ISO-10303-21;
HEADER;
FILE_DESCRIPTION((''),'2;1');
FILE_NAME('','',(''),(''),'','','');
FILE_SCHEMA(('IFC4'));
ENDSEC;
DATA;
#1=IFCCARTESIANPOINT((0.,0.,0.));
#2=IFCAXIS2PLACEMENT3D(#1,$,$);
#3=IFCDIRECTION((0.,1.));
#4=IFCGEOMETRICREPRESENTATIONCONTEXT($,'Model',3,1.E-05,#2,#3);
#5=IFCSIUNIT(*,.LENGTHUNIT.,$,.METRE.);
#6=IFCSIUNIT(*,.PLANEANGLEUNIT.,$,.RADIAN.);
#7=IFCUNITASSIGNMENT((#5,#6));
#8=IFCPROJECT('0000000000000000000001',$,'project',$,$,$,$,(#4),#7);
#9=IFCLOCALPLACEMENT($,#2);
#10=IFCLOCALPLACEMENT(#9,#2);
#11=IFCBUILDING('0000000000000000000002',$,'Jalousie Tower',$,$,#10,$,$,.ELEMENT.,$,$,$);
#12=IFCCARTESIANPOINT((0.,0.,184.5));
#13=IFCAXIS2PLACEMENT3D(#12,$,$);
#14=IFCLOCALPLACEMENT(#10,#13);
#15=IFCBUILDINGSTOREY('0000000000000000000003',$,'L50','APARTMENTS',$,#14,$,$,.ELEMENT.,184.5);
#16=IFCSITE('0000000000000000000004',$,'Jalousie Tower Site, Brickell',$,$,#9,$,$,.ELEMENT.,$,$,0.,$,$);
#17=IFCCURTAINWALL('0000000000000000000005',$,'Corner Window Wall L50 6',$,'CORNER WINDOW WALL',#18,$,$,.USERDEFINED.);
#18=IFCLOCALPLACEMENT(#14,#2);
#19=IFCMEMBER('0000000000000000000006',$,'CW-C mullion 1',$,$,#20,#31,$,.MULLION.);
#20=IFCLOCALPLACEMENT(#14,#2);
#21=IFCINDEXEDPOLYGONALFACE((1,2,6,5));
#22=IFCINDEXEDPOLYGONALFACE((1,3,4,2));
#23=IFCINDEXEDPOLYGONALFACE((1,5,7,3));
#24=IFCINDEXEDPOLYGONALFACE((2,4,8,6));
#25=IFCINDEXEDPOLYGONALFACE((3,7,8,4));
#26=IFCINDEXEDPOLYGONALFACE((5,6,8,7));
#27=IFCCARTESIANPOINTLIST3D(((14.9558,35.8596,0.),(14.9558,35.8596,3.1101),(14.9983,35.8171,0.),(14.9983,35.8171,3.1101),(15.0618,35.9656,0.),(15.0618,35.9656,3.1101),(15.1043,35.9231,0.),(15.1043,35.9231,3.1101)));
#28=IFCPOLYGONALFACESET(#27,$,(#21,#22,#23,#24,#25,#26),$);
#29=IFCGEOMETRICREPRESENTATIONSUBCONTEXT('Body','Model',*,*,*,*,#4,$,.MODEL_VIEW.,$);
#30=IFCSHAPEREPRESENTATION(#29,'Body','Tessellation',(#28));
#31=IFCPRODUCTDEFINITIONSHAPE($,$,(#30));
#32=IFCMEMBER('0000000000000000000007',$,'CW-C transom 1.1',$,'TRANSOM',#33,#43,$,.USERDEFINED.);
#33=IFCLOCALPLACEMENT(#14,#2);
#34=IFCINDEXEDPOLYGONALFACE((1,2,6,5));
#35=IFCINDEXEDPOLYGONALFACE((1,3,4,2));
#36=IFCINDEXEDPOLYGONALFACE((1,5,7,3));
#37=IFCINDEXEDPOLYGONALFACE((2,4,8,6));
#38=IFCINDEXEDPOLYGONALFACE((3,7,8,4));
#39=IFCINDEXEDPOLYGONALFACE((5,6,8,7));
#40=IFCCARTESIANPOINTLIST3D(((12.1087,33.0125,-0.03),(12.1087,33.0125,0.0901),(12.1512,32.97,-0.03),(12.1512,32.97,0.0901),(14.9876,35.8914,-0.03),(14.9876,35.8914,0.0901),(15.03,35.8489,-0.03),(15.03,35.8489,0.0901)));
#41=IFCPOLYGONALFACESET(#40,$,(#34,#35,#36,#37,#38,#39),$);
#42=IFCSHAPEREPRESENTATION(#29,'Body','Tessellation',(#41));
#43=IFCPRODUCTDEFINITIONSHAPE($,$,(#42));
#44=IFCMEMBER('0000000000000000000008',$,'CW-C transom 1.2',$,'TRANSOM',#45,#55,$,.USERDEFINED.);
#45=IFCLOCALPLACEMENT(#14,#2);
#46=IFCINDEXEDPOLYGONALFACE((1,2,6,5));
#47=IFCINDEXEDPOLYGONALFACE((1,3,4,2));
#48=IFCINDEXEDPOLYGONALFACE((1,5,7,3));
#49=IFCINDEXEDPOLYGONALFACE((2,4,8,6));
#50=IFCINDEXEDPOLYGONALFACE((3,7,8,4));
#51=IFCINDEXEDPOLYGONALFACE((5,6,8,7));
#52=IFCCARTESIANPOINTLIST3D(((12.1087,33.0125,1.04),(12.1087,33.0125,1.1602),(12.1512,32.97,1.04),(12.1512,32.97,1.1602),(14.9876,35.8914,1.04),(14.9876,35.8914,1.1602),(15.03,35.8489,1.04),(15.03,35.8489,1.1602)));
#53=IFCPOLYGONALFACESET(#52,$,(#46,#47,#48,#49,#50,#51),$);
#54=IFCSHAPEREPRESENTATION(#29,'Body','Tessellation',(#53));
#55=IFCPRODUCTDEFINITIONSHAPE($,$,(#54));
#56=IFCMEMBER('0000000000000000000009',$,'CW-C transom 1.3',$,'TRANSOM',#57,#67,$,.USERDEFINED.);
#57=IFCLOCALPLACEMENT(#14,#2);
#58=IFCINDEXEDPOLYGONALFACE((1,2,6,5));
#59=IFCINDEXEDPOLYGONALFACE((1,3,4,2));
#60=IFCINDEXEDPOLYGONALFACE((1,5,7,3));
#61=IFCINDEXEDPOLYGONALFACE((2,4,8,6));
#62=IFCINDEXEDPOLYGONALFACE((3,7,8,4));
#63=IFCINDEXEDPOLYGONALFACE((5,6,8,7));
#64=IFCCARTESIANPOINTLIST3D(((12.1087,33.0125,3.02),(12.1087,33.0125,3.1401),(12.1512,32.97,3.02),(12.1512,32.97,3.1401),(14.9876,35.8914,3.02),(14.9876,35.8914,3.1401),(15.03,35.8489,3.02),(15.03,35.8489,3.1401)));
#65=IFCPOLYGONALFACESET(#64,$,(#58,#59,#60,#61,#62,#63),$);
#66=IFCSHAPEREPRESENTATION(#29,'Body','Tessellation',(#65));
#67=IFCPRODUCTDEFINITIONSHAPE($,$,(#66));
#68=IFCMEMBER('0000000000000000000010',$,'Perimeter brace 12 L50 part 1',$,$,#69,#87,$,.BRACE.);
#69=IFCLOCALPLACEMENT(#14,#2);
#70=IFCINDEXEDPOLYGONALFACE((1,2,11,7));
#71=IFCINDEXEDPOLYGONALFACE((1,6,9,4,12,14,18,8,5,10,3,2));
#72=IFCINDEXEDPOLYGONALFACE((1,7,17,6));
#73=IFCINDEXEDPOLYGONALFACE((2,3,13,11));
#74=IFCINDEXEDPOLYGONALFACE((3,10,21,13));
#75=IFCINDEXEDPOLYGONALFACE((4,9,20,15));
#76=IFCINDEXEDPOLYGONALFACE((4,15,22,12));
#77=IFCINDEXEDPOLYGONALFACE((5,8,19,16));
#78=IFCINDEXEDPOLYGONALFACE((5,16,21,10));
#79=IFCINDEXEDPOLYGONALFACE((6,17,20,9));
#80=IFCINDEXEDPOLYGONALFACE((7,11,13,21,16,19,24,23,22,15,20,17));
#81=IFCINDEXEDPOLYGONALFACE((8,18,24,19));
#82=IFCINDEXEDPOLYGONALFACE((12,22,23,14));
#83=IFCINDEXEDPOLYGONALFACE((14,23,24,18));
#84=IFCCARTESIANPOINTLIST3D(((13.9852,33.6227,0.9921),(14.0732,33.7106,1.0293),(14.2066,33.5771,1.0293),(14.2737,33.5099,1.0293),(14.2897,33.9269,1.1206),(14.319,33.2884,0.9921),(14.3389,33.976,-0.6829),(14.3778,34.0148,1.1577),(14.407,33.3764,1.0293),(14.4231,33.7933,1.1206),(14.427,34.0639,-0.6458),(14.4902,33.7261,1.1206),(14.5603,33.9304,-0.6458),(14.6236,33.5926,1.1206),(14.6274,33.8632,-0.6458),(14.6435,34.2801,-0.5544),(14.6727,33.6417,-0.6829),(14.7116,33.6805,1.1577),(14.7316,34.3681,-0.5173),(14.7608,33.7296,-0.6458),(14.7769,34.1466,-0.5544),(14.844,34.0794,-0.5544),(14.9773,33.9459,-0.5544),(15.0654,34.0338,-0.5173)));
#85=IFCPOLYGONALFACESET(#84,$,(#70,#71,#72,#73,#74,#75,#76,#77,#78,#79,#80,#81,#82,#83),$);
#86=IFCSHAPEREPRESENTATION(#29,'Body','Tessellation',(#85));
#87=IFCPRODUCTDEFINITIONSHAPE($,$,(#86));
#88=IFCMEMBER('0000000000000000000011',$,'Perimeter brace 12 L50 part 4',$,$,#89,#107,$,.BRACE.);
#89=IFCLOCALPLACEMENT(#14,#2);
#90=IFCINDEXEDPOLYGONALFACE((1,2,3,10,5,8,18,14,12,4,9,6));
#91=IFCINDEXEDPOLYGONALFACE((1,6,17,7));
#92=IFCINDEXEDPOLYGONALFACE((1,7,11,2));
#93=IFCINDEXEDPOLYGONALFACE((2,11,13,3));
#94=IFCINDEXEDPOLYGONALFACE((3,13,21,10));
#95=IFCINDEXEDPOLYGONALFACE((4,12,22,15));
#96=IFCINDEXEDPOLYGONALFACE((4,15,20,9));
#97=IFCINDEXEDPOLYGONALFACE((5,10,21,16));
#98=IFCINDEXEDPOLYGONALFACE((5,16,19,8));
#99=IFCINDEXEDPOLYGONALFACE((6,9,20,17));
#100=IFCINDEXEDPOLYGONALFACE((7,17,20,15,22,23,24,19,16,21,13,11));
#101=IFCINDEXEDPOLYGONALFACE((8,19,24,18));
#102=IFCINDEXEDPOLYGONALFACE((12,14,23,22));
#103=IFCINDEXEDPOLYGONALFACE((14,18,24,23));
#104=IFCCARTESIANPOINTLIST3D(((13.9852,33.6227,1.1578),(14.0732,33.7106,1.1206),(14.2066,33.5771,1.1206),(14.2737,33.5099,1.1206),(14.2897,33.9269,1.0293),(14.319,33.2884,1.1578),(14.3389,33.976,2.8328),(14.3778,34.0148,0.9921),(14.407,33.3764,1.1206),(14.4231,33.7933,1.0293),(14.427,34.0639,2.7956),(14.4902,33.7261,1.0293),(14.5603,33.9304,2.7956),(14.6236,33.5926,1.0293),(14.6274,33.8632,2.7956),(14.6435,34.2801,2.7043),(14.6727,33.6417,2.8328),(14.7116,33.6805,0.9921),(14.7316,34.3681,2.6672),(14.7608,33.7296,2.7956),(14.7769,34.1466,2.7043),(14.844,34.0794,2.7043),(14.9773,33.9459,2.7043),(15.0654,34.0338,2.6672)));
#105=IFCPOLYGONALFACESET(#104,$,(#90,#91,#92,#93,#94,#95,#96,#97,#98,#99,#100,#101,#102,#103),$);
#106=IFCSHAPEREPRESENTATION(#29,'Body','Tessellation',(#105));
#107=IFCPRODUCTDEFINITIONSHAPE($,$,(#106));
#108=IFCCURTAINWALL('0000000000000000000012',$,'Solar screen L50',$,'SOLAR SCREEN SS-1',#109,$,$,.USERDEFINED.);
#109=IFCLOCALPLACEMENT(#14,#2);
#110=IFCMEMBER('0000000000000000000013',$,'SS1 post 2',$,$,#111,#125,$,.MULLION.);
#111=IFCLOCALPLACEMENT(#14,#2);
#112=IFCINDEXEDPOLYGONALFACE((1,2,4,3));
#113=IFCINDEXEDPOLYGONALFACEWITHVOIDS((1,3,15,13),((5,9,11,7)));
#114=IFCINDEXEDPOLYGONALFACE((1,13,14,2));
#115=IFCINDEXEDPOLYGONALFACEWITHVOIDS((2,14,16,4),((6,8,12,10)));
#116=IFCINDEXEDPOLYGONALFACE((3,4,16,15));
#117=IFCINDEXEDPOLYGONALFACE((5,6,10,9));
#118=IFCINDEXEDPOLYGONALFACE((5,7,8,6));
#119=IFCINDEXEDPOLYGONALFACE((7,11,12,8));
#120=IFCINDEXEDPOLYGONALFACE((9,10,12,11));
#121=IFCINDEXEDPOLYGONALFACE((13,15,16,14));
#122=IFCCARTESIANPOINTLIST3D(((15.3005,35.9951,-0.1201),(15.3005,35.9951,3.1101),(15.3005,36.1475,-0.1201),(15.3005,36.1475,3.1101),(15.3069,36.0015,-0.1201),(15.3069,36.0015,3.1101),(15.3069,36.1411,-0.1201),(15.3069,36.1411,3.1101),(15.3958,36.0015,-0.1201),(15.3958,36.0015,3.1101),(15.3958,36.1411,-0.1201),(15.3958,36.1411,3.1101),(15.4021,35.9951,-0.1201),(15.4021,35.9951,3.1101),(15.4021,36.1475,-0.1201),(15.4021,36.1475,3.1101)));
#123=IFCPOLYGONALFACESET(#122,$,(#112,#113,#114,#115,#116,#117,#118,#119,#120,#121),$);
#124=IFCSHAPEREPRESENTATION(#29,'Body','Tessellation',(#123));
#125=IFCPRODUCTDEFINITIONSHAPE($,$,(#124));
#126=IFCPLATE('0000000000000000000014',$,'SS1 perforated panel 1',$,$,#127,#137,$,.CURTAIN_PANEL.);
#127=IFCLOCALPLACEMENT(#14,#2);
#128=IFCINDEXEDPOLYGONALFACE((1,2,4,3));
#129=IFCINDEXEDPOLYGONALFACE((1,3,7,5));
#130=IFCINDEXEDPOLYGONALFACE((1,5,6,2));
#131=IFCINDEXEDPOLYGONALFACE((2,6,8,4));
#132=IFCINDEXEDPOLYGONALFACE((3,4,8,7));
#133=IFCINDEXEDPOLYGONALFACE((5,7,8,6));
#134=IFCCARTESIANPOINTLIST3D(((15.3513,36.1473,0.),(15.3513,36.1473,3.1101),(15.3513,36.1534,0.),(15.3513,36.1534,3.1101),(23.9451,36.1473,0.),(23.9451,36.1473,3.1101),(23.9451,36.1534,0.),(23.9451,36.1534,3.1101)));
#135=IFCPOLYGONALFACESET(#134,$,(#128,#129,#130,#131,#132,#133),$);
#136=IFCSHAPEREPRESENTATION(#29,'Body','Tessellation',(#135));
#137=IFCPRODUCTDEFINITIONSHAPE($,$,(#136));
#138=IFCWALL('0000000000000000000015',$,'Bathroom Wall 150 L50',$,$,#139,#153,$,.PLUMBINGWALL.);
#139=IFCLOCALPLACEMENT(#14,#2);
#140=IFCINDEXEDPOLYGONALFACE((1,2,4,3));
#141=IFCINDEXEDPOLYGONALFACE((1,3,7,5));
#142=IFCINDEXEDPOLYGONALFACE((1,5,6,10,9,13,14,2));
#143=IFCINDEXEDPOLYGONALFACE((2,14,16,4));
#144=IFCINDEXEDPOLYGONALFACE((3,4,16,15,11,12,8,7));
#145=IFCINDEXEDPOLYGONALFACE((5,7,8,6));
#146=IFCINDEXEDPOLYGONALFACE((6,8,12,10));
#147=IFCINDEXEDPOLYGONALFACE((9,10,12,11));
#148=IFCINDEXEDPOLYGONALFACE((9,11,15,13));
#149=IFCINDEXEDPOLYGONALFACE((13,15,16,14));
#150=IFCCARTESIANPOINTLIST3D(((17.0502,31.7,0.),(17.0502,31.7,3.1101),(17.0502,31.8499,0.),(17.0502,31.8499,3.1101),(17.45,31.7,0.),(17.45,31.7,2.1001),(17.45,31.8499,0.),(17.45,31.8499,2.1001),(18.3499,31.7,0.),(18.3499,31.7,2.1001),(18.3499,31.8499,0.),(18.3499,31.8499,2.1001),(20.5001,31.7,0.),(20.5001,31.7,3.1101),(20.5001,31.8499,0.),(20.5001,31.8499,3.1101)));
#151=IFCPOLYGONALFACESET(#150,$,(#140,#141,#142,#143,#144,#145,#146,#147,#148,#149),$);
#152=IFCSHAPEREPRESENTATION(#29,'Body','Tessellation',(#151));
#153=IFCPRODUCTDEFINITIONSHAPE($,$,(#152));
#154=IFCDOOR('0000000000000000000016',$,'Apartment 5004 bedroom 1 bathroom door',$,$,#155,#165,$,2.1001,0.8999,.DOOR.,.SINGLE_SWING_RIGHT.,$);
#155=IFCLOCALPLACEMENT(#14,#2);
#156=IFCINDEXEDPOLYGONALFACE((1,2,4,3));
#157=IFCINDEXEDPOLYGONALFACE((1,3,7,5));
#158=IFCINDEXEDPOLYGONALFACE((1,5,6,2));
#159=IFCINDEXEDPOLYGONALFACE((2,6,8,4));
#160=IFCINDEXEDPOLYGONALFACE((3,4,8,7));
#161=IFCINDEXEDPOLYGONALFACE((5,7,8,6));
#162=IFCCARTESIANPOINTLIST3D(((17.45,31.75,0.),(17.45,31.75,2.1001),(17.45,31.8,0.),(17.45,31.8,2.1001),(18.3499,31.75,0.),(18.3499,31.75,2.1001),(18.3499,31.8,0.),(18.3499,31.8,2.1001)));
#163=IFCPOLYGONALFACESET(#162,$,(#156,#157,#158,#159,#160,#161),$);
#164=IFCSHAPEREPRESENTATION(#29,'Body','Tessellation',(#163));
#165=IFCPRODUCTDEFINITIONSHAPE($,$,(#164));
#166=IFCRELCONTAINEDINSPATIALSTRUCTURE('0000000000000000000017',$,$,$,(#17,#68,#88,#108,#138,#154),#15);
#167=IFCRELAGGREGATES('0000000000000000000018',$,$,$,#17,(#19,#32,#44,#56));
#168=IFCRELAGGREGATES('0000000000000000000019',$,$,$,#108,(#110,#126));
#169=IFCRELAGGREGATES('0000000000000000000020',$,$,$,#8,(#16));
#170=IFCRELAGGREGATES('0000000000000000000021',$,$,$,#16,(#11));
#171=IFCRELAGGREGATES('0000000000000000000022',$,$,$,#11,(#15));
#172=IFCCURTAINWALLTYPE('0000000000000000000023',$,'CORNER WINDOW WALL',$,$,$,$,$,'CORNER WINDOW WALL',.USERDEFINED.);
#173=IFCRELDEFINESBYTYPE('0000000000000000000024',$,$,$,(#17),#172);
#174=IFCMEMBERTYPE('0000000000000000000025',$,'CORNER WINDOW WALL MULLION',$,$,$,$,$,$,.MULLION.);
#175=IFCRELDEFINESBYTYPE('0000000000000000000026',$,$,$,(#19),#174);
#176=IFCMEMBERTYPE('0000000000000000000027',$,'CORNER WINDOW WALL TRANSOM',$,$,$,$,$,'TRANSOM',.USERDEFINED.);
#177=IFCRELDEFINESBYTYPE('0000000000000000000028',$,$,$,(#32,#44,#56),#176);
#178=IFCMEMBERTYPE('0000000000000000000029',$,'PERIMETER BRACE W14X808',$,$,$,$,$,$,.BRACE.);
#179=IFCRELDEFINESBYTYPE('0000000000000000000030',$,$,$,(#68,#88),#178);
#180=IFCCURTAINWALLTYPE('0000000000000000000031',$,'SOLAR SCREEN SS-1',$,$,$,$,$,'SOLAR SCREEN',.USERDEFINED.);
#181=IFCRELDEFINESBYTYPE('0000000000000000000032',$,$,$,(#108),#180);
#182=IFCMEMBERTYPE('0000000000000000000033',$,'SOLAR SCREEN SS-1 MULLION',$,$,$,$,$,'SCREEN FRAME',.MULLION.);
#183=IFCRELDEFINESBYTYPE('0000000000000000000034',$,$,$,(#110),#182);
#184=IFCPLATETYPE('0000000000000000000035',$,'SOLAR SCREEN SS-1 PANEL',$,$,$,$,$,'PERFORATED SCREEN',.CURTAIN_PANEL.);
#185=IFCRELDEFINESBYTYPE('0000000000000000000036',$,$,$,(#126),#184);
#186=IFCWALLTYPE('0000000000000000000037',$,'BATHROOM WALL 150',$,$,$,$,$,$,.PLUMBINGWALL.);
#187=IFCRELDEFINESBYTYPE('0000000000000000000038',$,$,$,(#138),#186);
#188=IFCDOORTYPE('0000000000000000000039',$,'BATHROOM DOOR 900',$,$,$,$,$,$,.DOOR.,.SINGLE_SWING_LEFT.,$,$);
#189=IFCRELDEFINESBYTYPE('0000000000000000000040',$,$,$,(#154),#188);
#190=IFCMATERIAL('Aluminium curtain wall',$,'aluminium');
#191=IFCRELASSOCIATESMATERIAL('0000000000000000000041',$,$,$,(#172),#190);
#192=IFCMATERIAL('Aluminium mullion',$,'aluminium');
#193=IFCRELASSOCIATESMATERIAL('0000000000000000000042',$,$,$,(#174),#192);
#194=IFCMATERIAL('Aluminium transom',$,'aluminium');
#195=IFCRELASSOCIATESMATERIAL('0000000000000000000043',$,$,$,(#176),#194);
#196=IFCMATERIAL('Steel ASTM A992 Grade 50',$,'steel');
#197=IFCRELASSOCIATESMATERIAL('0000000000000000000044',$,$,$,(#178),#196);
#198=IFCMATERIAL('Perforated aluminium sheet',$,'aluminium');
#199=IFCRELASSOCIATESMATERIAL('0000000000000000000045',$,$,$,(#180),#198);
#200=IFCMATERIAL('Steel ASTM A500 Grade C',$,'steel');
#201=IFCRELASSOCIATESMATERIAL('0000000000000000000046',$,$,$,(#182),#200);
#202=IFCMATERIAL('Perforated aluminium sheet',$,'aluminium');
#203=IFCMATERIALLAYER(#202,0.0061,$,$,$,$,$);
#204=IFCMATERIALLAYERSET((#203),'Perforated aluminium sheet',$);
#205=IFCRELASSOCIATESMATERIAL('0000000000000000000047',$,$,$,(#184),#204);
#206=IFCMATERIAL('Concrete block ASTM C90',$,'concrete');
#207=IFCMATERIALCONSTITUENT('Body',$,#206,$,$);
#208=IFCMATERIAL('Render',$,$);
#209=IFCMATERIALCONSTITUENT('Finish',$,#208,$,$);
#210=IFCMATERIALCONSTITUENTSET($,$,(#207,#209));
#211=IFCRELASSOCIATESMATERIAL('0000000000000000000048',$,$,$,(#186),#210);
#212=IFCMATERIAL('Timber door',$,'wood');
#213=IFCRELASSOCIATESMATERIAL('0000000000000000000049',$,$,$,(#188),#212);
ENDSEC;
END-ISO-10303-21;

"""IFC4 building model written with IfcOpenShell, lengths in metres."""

from ifc_helpers import new_model, si_unit, direction, frame, frame_2d, origin, origin_2d, place, context, subcontext, project, spatial, rectangle, hollow_rectangle, i_section, extrude, material, layer, layer_set, constituent, constituent_set, material_profile, profile_set, type_object, element, fill, aggregate, save


model = new_model("IFC4")

# Units and contexts
model_context = context("Model", 3, precision=1e-05, world=origin(), true_north=direction((0.0, 1.0)))
body_context = subcontext(model_context, "Body", "Model", "MODEL_VIEW")
ifc_project = project(units=[si_unit("LENGTHUNIT", "METRE"), si_unit("PLANEANGLEUNIT", "RADIAN")], contexts=[model_context])

# Site, building, storey
site_placement = place(None, origin())
site = spatial("IfcSite", under=ifc_project, at=site_placement, Name="Jalousie Tower Site, Brickell", CompositionType="ELEMENT", RefElevation=0.0)
building_placement = place(site_placement, origin())
building = spatial("IfcBuilding", under=site, at=building_placement, Name="Jalousie Tower", CompositionType="ELEMENT")
storey_placement = place(building_placement, frame((0.0, 0.0, 184.5)))
storey = spatial("IfcBuildingStorey", under=building, at=storey_placement, Name="L50", Description="APARTMENTS", CompositionType="ELEMENT", Elevation=184.5)

# Curtain wall, members
ifc_material_1 = material(Name="Aluminium curtain wall", Category="aluminium")
curtain_wall_type_1 = type_object("IfcCurtainWallType", Name="CORNER WINDOW WALL", ElementType="CORNER WINDOW WALL", PredefinedType="USERDEFINED", material=ifc_material_1)
curtain_wall_1_placement = place(storey_placement, origin())
curtain_wall_1 = element("IfcCurtainWall", 1, at=curtain_wall_1_placement, inside=storey, type_object=curtain_wall_type_1, Name="Corner Window Wall L50 6", ObjectType="CORNER WINDOW WALL", PredefinedType="USERDEFINED")
ifc_material_2 = material(Name="Aluminium mullion", Category="aluminium")
ifc_material_profile_1 = material_profile(ifc_material_2, rectangle(XDim=0.0601, YDim=0.1499, at=origin_2d()), Name="MULLION 60x150")
ifc_profile_set_1 = profile_set([ifc_material_profile_1], Name="Aluminium mullion")
member_type_1 = type_object("IfcMemberType", Name="CORNER WINDOW WALL MULLION", PredefinedType="MULLION", material=ifc_profile_set_1)
member_1_placement = place(storey_placement, frame((15.03, 35.8914, 0.0), z_axis=(0.0, 0.0, 1.0), x_axis=(0.707107, -0.707107, 0.0)))
member_1 = element("IfcMember", 2, at=member_1_placement, type_object=member_type_1, Name="CW-C mullion 1", PredefinedType="MULLION", context=body_context, shape_type="SweptSolid", body=[
    extrude(rectangle(XDim=0.0601, YDim=0.1499, at=origin_2d()), origin(), (0.0, 0.0, 1.0), 3.1101),
])
ifc_material_3 = material(Name="Aluminium transom", Category="aluminium")
ifc_material_profile_2 = material_profile(ifc_material_3, rectangle(XDim=0.0601, YDim=0.1201, at=origin_2d()), Name="TRANSOM 60x120")
ifc_profile_set_2 = profile_set([ifc_material_profile_2], Name="Aluminium transom")
member_type_2 = type_object("IfcMemberType", Name="CORNER WINDOW WALL TRANSOM", ElementType="TRANSOM", PredefinedType="USERDEFINED", material=ifc_profile_set_2)
member_2_placement = place(storey_placement, frame((15.0088, 35.8701, 0.03), z_axis=(-0.707107, -0.707107, 0.0), x_axis=(0.707107, -0.707107, 0.0)))
member_2 = element("IfcMember", 3, at=member_2_placement, type_object=member_type_2, Name="CW-C transom 1.1", ObjectType="TRANSOM", PredefinedType="USERDEFINED", context=body_context, shape_type="SweptSolid", body=[
    extrude(rectangle(XDim=0.0601, YDim=0.1201, at=origin_2d()), origin(), (0.0, 0.0, 1.0), 4.0713),
])
member_3_placement = place(storey_placement, frame((15.0088, 35.8701, 1.1001), z_axis=(-0.707107, -0.707107, 0.0), x_axis=(0.707107, -0.707107, 0.0)))
member_3 = element("IfcMember", 4, at=member_3_placement, type_object=member_type_2, Name="CW-C transom 1.2", ObjectType="TRANSOM", PredefinedType="USERDEFINED", context=body_context, shape_type="SweptSolid", body=[
    extrude(rectangle(XDim=0.0601, YDim=0.1201, at=origin_2d()), origin(), (0.0, 0.0, 1.0), 4.0713),
])
member_4_placement = place(storey_placement, frame((15.0088, 35.8701, 3.0801), z_axis=(-0.707107, -0.707107, 0.0), x_axis=(0.707107, -0.707107, 0.0)))
member_4 = element("IfcMember", 5, at=member_4_placement, type_object=member_type_2, Name="CW-C transom 1.3", ObjectType="TRANSOM", PredefinedType="USERDEFINED", context=body_context, shape_type="SweptSolid", body=[
    extrude(rectangle(XDim=0.0601, YDim=0.1201, at=origin_2d()), origin(), (0.0, 0.0, 1.0), 4.0713),
])
aggregate(curtain_wall_1, [member_1, member_2, member_3, member_4])

# Members
ifc_material_4 = material(Name="Steel ASTM A992 Grade 50", Category="steel")
ifc_material_profile_3 = material_profile(ifc_material_4, i_section(OverallWidth=0.4724, OverallDepth=0.5791, WebThickness=0.095, FlangeThickness=0.1299, at=origin_2d()), Name="W14X808")
ifc_profile_set_3 = profile_set([ifc_material_profile_3], Name="Steel ASTM A992 Grade 50")
member_type_3 = type_object("IfcMemberType", Name="PERIMETER BRACE W14X808", PredefinedType="BRACE", material=ifc_profile_set_3)
for number, where, z_axis, x_axis, name in (
    (6, (14.7021, 34.0049, -0.6001), (-0.202372, -0.202093, 0.95823), (0.706618, -0.707595, 0.0), "Perimeter brace 12 L50 part 1"),
    (7, (14.3484, 33.6516, 1.075), (0.202372, 0.202093, 0.95823), (-0.706618, 0.707595, 0.0), "Perimeter brace 12 L50 part 4"),
):
    element("IfcMember", number, at=place(storey_placement, frame(where, z_axis=z_axis, x_axis=x_axis)), inside=storey, type_object=member_type_3, Name=name, PredefinedType="BRACE", context=body_context, shape_type="SweptSolid", body=[
        extrude(i_section(OverallWidth=0.4724, OverallDepth=0.5791, WebThickness=0.095, FlangeThickness=0.1299, at=origin_2d()), origin(), (0.0, 0.0, 1.0), 1.748),
    ])

# Curtain wall, member, plate
ifc_material_5 = material(Name="Perforated aluminium sheet", Category="aluminium")
curtain_wall_type_2 = type_object("IfcCurtainWallType", Name="SOLAR SCREEN SS-1", ElementType="SOLAR SCREEN", PredefinedType="USERDEFINED", material=ifc_material_5)
curtain_wall_2_placement = place(storey_placement, origin())
curtain_wall_2 = element("IfcCurtainWall", 8, at=curtain_wall_2_placement, inside=storey, type_object=curtain_wall_type_2, Name="Solar screen L50", ObjectType="SOLAR SCREEN SS-1", PredefinedType="USERDEFINED")
ifc_material_6 = material(Name="Steel ASTM A500 Grade C", Category="steel")
ifc_material_profile_4 = material_profile(ifc_material_6, hollow_rectangle(XDim=0.1016, YDim=0.1523, WallThickness=0.0063, at=origin_2d()), Name="HSS6X4X1/4")
ifc_profile_set_4 = profile_set([ifc_material_profile_4], Name="Steel ASTM A500 Grade C")
member_type_4 = type_object("IfcMemberType", Name="SOLAR SCREEN SS-1 MULLION", ElementType="SCREEN FRAME", PredefinedType="MULLION", material=ifc_profile_set_4)
member_5_placement = place(storey_placement, frame((15.3513, 36.0713, -0.1201), z_axis=(0.0, 0.0, 1.0), x_axis=(-1.0, 0.0, 0.0)))
member_5 = element("IfcMember", 9, at=member_5_placement, type_object=member_type_4, Name="SS1 post 2", PredefinedType="MULLION", context=body_context, shape_type="SweptSolid", body=[
    extrude(hollow_rectangle(XDim=0.1016, YDim=0.1523, WallThickness=0.0063, at=origin_2d()), origin(), (0.0, 0.0, 1.0), 3.2302),
])
ifc_material_7 = material(Name="Perforated aluminium sheet", Category="aluminium")
ifc_layer = layer(ifc_material_7, 0.0061)
ifc_layer_set = layer_set([ifc_layer], Name="Perforated aluminium sheet")
plate_type = type_object("IfcPlateType", Name="SOLAR SCREEN SS-1 PANEL", ElementType="PERFORATED SCREEN", PredefinedType="CURTAIN_PANEL", material=ifc_layer_set)
plate_placement = place(storey_placement, frame((19.6482, 36.1504, 0.0), z_axis=(0.0, 0.0, 1.0), x_axis=(-1.0, 0.0, 0.0)))
plate = element("IfcPlate", 10, at=plate_placement, type_object=plate_type, Name="SS1 perforated panel 1", PredefinedType="CURTAIN_PANEL", context=body_context, shape_type="SweptSolid", body=[
    extrude(rectangle(XDim=8.5938, YDim=0.0061, at=origin_2d()), origin(), (0.0, 0.0, 1.0), 3.1101),
])
aggregate(curtain_wall_2, [member_5, plate])

# Wall, opening, door
ifc_material_8 = material(Name="Concrete block ASTM C90", Category="concrete")
ifc_constituent_1 = constituent(ifc_material_8, Name="Body")
ifc_material_9 = material(Name="Render")
ifc_constituent_2 = constituent(ifc_material_9, Name="Finish")
ifc_constituent_set_1 = constituent_set(constituents=[ifc_constituent_1, ifc_constituent_2])
wall_type_1 = type_object("IfcWallType", Name="BATHROOM WALL 150", PredefinedType="PLUMBINGWALL", material=ifc_constituent_set_1)
wall_1_placement = place(storey_placement, frame((17.05, 31.7749, 0.0), z_axis=(0.0, 0.0, 1.0), x_axis=(1.0, 0.0, 0.0)))
wall_1 = element("IfcWall", 11, at=wall_1_placement, inside=storey, type_object=wall_type_1, Name="Bathroom Wall 150 L50", PredefinedType="PLUMBINGWALL", context=body_context, shape_type="SweptSolid", body=[
    extrude(rectangle(XDim=3.45, YDim=0.1499, at=frame_2d((1.7251, 0.0))), origin(), (0.0, 0.0, 1.0), 3.1101),
])
opening_1_placement = place(wall_1_placement, frame((0.3999, 0.0, 0.0)))
opening_1 = element("IfcOpeningElement", 12, at=opening_1_placement, cuts=wall_1, PredefinedType="OPENING", context=body_context, shape_type="SweptSolid", body=[
    extrude(rectangle(XDim=0.8999, YDim=2.1001, at=frame_2d((0.45, 1.05))), frame((0.0, 0.085, 0.0), z_axis=(0.0, -1.0, 0.0), x_axis=(1.0, 0.0, 0.0)), (0.0, 0.0, 1.0), 0.1699),
])
ifc_material_10 = material(Name="Timber door", Category="wood")
door_type_1 = type_object("IfcDoorType", Name="BATHROOM DOOR 900", OperationType="SINGLE_SWING_LEFT", PredefinedType="DOOR", material=ifc_material_10)
door_1_placement = place(opening_1_placement, frame((0.8999, 0.0, 0.0), z_axis=(0.0, 0.0, 1.0), x_axis=(-1.0, 0.0, 0.0)))
door_1 = element("IfcDoor", 13, at=door_1_placement, inside=storey, type_object=door_type_1, Name="Apartment 5004 bedroom 1 bathroom door", OperationType="SINGLE_SWING_RIGHT", OverallHeight=2.1001, OverallWidth=0.8999, PredefinedType="DOOR", context=body_context, shape_type="SweptSolid", body=[
    extrude(rectangle(XDim=0.8999, YDim=2.1001, at=frame_2d((0.45, 1.05))), frame((0.0, 0.0249, 0.0), z_axis=(0.0, -1.0, 0.0), x_axis=(1.0, 0.0, 0.0)), (0.0, 0.0, 1.0), 0.05),
])
fill(opening_1, door_1)

save(model, "model.ifc")
